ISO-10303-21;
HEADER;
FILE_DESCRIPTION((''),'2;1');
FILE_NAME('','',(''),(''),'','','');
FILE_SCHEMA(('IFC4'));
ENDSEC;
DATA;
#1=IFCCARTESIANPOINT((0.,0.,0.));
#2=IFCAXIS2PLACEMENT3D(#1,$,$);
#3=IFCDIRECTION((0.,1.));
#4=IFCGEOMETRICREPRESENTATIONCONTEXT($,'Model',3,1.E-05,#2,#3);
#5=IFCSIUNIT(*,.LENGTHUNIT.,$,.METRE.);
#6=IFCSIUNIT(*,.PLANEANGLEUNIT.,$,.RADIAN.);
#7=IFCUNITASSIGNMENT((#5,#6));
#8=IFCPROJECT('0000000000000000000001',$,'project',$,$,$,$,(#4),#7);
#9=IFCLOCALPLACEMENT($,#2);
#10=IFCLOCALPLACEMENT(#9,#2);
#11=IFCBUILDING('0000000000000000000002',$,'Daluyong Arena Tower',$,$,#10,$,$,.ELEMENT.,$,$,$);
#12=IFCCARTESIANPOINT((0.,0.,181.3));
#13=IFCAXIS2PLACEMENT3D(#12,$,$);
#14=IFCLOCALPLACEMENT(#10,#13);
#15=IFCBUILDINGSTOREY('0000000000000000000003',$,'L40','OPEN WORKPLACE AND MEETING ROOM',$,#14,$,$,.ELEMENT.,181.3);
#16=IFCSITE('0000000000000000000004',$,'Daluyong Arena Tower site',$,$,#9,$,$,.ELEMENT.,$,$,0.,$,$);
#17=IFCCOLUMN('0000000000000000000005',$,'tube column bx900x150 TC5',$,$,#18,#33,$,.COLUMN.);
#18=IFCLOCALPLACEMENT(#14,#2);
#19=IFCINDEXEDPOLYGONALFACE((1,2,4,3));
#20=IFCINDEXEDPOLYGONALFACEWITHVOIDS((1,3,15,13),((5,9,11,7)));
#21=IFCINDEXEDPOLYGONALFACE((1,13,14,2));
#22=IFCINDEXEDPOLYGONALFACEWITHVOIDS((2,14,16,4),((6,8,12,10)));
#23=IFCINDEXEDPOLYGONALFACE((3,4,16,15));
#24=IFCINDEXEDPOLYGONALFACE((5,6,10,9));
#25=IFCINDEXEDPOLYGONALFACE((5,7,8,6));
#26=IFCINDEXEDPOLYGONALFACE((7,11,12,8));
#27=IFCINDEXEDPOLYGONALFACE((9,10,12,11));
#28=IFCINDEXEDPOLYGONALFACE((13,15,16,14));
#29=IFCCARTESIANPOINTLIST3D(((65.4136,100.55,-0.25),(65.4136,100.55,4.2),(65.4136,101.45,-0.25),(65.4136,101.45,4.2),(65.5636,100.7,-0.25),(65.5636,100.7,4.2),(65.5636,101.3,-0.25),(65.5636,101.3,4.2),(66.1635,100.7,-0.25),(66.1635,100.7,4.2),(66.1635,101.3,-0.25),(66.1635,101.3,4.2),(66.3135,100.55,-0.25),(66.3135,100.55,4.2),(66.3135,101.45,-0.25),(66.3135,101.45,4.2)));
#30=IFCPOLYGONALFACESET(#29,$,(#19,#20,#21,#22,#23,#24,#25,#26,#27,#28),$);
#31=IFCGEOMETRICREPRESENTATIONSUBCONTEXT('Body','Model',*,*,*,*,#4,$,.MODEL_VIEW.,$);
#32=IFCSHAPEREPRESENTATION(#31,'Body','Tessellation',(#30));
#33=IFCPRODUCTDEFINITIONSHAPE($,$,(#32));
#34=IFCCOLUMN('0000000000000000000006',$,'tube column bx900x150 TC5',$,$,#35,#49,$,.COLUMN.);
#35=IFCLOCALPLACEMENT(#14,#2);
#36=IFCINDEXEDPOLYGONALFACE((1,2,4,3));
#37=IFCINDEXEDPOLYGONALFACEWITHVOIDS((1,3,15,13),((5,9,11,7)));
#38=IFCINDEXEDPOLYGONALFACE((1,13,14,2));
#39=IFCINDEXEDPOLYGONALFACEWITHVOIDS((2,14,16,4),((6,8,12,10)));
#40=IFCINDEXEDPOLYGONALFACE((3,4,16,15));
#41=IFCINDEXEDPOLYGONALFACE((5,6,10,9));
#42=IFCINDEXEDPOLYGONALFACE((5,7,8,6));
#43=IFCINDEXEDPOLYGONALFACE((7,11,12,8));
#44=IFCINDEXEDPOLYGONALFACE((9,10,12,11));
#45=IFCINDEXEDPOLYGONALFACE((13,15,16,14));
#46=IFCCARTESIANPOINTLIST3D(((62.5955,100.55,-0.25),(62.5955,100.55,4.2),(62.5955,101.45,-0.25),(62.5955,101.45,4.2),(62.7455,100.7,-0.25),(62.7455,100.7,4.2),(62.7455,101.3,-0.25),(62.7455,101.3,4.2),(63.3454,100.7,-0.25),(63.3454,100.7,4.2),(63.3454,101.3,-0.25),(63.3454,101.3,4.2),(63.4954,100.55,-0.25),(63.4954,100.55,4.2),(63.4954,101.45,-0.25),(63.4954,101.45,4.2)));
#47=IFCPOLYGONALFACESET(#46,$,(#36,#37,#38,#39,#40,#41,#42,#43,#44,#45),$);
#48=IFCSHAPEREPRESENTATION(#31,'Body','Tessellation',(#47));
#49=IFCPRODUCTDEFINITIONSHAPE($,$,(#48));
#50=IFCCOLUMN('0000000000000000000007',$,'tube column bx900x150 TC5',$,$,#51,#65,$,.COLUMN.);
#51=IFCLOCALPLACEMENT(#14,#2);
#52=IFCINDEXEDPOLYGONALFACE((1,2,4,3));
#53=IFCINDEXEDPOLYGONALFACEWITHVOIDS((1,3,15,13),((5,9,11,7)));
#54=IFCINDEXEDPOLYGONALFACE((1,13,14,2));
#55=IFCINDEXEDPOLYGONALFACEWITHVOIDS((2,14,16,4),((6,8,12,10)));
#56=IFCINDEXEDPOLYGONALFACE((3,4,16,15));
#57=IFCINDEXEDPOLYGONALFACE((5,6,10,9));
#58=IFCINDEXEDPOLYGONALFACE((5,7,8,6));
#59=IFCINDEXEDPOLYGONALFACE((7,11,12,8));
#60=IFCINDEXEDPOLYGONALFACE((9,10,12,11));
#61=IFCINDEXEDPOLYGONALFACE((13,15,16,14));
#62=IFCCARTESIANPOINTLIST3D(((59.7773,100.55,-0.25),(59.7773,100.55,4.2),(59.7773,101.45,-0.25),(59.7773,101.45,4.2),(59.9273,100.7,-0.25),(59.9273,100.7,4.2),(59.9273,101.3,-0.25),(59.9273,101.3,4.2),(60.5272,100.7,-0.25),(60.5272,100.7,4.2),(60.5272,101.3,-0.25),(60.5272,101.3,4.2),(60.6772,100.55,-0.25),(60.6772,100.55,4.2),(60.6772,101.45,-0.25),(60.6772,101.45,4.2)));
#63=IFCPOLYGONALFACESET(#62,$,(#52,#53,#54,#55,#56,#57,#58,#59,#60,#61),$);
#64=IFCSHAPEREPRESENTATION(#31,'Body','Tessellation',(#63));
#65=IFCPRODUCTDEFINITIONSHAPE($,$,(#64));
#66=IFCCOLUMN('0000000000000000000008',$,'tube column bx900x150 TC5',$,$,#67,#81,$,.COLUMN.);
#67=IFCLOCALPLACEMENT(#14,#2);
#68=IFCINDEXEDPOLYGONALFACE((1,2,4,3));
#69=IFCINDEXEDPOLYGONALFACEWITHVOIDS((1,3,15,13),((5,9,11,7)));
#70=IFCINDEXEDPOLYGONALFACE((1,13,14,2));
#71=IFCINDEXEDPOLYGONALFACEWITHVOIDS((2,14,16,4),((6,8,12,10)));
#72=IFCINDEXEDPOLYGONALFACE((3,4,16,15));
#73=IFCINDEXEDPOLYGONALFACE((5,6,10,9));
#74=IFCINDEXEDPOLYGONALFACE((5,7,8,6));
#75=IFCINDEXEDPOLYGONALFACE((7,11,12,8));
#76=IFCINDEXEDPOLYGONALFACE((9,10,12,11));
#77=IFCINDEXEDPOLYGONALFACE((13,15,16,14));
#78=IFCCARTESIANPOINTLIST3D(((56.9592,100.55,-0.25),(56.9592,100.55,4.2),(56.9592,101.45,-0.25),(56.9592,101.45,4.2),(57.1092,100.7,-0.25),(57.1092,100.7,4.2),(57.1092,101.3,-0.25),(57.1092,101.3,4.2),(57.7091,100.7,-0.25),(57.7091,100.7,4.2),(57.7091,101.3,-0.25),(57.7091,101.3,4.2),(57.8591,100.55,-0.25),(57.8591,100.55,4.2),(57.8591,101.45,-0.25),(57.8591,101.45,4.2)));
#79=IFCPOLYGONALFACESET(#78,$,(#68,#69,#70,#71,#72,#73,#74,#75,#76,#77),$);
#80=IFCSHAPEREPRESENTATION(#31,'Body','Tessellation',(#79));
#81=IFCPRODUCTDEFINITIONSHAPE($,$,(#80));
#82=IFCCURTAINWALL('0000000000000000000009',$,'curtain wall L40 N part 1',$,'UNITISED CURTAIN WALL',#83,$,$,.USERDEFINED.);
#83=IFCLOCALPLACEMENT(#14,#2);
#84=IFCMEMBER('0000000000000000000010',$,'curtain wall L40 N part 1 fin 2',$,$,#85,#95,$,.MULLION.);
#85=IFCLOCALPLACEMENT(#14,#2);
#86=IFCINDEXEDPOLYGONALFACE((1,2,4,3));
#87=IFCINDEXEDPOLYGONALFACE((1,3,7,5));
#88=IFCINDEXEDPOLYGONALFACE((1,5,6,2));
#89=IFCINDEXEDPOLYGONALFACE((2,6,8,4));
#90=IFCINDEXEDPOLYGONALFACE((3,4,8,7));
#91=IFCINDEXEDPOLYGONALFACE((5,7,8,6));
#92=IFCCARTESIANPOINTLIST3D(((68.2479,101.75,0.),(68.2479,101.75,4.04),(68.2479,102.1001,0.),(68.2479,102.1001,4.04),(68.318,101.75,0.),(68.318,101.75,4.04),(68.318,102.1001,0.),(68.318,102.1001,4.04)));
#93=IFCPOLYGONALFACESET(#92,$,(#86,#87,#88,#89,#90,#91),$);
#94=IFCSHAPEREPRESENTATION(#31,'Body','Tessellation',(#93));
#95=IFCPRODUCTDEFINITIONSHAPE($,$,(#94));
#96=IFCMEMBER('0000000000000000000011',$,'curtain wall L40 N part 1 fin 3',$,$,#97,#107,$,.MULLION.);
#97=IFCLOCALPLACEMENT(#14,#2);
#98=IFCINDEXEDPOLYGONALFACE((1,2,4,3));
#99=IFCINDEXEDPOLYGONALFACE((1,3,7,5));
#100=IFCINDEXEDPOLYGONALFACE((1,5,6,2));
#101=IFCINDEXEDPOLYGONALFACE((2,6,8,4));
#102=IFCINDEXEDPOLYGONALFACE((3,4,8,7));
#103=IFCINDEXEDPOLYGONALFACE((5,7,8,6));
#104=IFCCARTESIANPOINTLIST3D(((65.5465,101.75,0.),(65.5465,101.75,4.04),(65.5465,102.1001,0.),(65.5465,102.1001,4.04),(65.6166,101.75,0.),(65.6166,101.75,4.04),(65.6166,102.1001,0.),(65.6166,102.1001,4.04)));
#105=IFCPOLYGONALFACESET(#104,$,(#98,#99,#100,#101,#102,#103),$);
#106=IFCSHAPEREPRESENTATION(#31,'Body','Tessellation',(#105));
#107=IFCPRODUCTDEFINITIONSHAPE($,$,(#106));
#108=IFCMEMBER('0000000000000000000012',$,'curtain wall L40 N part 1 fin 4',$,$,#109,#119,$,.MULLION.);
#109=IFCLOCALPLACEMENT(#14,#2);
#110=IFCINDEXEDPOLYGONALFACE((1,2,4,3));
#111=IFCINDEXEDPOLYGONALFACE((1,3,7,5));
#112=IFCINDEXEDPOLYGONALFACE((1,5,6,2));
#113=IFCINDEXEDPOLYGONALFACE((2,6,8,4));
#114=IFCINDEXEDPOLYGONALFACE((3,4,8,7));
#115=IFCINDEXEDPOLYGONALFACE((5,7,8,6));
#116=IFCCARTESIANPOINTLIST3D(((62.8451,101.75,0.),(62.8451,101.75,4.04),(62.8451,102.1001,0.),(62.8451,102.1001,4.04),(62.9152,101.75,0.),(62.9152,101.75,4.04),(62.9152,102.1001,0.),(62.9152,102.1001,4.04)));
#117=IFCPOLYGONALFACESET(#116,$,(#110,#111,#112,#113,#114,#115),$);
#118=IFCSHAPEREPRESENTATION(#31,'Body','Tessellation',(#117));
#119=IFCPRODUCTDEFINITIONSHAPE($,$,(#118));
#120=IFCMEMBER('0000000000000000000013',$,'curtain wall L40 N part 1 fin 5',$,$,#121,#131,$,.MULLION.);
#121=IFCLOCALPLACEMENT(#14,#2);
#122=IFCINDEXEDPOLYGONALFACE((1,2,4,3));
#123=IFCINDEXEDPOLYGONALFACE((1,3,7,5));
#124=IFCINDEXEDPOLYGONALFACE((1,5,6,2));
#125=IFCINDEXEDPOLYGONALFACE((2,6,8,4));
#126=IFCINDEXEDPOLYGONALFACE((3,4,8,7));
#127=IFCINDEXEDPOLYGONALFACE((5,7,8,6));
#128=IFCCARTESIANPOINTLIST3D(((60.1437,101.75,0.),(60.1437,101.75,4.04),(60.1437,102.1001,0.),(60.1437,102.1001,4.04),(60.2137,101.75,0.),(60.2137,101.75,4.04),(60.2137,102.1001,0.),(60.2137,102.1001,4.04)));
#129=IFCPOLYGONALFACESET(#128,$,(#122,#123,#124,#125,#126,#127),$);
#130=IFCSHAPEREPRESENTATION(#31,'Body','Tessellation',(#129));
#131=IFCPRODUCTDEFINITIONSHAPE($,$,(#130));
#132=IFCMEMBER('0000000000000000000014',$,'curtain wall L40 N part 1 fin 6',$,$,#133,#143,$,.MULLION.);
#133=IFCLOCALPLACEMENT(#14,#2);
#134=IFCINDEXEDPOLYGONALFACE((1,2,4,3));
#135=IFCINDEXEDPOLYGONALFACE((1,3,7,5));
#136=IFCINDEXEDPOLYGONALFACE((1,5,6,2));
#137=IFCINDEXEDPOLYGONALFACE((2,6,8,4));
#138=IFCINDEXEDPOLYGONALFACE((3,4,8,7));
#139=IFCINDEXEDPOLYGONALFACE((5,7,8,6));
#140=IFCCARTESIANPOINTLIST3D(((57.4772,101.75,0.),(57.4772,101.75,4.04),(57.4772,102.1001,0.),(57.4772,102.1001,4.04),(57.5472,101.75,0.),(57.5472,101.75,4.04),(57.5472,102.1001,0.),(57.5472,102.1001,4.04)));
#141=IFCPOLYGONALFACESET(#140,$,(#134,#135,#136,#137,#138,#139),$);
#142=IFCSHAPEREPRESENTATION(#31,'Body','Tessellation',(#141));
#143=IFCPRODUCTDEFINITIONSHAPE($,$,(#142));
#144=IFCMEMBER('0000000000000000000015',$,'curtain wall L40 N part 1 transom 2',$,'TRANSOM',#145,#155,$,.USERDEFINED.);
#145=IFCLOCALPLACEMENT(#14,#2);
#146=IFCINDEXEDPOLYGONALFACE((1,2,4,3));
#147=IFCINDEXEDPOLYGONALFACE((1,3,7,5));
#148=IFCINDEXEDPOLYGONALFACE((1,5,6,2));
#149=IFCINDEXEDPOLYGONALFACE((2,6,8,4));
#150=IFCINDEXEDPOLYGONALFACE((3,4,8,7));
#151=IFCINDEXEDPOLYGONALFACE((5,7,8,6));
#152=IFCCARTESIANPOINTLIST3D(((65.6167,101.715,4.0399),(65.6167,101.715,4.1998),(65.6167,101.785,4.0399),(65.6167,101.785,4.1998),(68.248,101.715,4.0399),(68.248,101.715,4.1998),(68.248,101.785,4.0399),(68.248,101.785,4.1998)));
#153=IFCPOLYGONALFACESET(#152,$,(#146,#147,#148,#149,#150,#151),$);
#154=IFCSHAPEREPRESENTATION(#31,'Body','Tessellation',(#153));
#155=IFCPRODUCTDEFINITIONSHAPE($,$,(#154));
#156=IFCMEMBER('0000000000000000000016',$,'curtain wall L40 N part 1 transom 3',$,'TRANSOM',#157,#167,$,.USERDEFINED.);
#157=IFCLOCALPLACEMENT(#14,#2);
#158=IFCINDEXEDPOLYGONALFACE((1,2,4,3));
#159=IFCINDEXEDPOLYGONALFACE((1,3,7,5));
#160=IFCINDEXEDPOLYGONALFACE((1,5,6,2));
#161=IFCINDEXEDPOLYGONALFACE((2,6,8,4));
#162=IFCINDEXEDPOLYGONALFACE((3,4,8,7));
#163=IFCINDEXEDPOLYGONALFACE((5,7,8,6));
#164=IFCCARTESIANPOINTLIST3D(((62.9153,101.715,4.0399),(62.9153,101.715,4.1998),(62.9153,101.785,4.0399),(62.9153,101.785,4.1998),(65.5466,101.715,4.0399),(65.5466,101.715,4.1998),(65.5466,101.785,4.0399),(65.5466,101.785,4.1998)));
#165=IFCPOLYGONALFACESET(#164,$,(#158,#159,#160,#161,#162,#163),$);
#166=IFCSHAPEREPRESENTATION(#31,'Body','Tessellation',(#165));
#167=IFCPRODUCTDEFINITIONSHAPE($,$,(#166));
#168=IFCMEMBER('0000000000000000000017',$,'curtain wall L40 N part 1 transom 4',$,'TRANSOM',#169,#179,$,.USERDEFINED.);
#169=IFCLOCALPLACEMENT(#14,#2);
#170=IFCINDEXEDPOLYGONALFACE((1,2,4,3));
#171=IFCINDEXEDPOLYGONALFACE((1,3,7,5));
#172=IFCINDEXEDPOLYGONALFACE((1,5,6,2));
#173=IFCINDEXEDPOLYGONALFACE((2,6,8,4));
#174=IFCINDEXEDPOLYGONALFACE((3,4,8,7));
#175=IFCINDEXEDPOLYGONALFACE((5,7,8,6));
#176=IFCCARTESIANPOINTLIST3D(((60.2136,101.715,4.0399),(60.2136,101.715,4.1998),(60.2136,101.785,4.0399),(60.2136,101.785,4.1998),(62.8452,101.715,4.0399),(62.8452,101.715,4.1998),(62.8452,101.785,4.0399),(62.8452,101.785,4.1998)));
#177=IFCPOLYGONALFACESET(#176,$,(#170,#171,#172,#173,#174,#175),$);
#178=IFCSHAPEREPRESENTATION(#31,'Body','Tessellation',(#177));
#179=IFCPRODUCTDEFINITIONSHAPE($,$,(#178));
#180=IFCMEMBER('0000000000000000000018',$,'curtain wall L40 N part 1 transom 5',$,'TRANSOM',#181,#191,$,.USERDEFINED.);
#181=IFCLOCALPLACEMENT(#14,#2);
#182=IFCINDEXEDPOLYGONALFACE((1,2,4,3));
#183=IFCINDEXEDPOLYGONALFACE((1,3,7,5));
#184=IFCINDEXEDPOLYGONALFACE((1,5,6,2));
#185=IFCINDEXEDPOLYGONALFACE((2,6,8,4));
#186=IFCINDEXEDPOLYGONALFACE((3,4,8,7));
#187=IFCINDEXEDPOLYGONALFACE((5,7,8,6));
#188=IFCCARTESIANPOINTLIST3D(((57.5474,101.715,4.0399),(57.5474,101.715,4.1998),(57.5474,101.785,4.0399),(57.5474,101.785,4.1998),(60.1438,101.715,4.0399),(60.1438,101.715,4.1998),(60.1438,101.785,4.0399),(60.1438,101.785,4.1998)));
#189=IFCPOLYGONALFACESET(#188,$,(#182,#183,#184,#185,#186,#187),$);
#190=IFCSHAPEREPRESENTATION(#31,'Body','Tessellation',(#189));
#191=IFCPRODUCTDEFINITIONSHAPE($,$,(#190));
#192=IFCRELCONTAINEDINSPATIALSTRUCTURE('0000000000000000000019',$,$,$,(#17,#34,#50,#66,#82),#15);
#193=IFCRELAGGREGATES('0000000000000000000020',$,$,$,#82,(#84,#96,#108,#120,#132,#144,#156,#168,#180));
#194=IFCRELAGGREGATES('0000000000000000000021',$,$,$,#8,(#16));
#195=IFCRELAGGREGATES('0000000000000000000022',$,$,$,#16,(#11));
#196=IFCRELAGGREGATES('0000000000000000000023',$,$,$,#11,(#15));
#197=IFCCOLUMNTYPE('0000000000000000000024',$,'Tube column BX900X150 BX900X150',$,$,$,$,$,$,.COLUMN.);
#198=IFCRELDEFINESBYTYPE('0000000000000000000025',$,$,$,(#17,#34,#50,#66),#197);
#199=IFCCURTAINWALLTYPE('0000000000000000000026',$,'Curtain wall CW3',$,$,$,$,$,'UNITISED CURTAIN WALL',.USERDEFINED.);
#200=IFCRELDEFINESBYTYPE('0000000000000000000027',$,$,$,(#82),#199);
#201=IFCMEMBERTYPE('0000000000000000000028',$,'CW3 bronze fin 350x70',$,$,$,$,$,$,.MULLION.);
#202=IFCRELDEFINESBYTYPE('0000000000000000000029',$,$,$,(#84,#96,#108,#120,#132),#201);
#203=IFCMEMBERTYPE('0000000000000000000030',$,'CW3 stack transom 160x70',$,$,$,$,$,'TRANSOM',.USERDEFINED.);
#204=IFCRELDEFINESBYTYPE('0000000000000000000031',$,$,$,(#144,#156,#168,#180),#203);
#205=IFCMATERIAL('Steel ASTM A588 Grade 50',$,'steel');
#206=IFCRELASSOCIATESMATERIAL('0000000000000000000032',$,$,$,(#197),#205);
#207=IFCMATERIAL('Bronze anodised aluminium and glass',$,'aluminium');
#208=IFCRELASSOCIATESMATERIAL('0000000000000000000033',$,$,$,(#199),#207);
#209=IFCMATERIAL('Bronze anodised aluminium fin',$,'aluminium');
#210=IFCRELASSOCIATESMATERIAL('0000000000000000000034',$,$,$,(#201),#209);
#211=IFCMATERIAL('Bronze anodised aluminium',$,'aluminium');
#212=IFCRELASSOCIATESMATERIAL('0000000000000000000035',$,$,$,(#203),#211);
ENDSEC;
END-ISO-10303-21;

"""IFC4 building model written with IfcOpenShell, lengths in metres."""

from ifc_helpers import new_model, si_unit, direction, frame, origin, origin_2d, place, context, subcontext, project, spatial, rectangle, hollow_rectangle, extrude, material, material_profile, profile_set, type_object, element, aggregate, save


model = new_model("IFC4")

# Units and contexts
model_context = context("Model", 3, precision=1e-05, world=origin(), true_north=direction((0.0, 1.0)))
body_context = subcontext(model_context, "Body", "Model", "MODEL_VIEW")
ifc_project = project(units=[si_unit("LENGTHUNIT", "METRE"), si_unit("PLANEANGLEUNIT", "RADIAN")], contexts=[model_context])

# Site, building, storey
site_placement = place(None, origin())
site = spatial("IfcSite", under=ifc_project, at=site_placement, Name="Daluyong Arena Tower site", CompositionType="ELEMENT", RefElevation=0.0)
building_placement = place(site_placement, origin())
building = spatial("IfcBuilding", under=site, at=building_placement, Name="Daluyong Arena Tower", CompositionType="ELEMENT")
storey_placement = place(building_placement, frame((0.0, 0.0, 181.3)))
storey = spatial("IfcBuildingStorey", under=building, at=storey_placement, Name="L40", Description="OPEN WORKPLACE AND MEETING ROOM", CompositionType="ELEMENT", Elevation=181.3)

# Columns
ifc_material_1 = material(Name="Steel ASTM A588 Grade 50", Category="steel")
ifc_material_profile_1 = material_profile(ifc_material_1, hollow_rectangle(XDim=0.8999, YDim=0.8999, WallThickness=0.15, at=origin_2d()))
ifc_profile_set_1 = profile_set([ifc_material_profile_1], Name="Steel ASTM A588 Grade 50")
column_type = type_object("IfcColumnType", Name="Tube column BX900X150 BX900X150", PredefinedType="COLUMN", material=ifc_profile_set_1)
for number, where, z_axis, x_axis, name in (
    (1, (65.8635, 101.0, -0.25), (0.0, 0.0, 1.0), (1.0, 0.0, 0.0), "tube column bx900x150 TC5"),
    (2, (63.0454, 101.0, -0.25), (0.0, 0.0, 1.0), (1.0, 0.0, 0.0), "tube column bx900x150 TC5"),
    (3, (60.2273, 101.0, -0.25), (0.0, 0.0, 1.0), (1.0, 0.0, 0.0), "tube column bx900x150 TC5"),
    (4, (57.4092, 101.0, -0.25), (0.0, 0.0, 1.0), (1.0, 0.0, 0.0), "tube column bx900x150 TC5"),
):
    element("IfcColumn", number, at=place(storey_placement, frame(where, z_axis=z_axis, x_axis=x_axis)), inside=storey, type_object=column_type, Name=name, PredefinedType="COLUMN", context=body_context, shape_type="SweptSolid", body=[
        extrude(hollow_rectangle(XDim=0.8999, YDim=0.8999, WallThickness=0.15, at=origin_2d()), origin(), (0.0, 0.0, 1.0), 4.45),
    ])

# Curtain wall, members
ifc_material_2 = material(Name="Bronze anodised aluminium and glass", Category="aluminium")
curtain_wall_type = type_object("IfcCurtainWallType", Name="Curtain wall CW3", ElementType="UNITISED CURTAIN WALL", PredefinedType="USERDEFINED", material=ifc_material_2)
curtain_wall_placement = place(storey_placement, origin())
curtain_wall = element("IfcCurtainWall", 5, at=curtain_wall_placement, inside=storey, type_object=curtain_wall_type, Name="curtain wall L40 N part 1", ObjectType="UNITISED CURTAIN WALL", PredefinedType="USERDEFINED")
ifc_material_3 = material(Name="Bronze anodised aluminium fin", Category="aluminium")
ifc_material_profile_2 = material_profile(ifc_material_3, rectangle(XDim=0.3501, YDim=0.0701, at=origin_2d()))
ifc_profile_set_2 = profile_set([ifc_material_profile_2], Name="Bronze anodised aluminium fin")
member_type_1 = type_object("IfcMemberType", Name="CW3 bronze fin 350x70", PredefinedType="MULLION", material=ifc_profile_set_2)
member_1_placement = place(storey_placement, frame((68.283, 101.925, 0.0), z_axis=(0.0, 0.0, 1.0), x_axis=(0.0, -1.0, 0.0)))
member_1 = element("IfcMember", 6, at=member_1_placement, type_object=member_type_1, Name="curtain wall L40 N part 1 fin 2", PredefinedType="MULLION", context=body_context, shape_type="SweptSolid", body=[
    extrude(rectangle(XDim=0.3501, YDim=0.0701, at=origin_2d()), origin(), (0.0, 0.0, 1.0), 4.04),
])
member_2_placement = place(storey_placement, frame((65.5815, 101.925, 0.0), z_axis=(0.0, 0.0, 1.0), x_axis=(0.0, -1.0, 0.0)))
member_2 = element("IfcMember", 7, at=member_2_placement, type_object=member_type_1, Name="curtain wall L40 N part 1 fin 3", PredefinedType="MULLION", context=body_context, shape_type="SweptSolid", body=[
    extrude(rectangle(XDim=0.3501, YDim=0.0701, at=origin_2d()), origin(), (0.0, 0.0, 1.0), 4.04),
])
member_3_placement = place(storey_placement, frame((62.8801, 101.925, 0.0), z_axis=(0.0, 0.0, 1.0), x_axis=(0.0, -1.0, 0.0)))
member_3 = element("IfcMember", 8, at=member_3_placement, type_object=member_type_1, Name="curtain wall L40 N part 1 fin 4", PredefinedType="MULLION", context=body_context, shape_type="SweptSolid", body=[
    extrude(rectangle(XDim=0.3501, YDim=0.0701, at=origin_2d()), origin(), (0.0, 0.0, 1.0), 4.04),
])
member_4_placement = place(storey_placement, frame((60.1787, 101.925, 0.0), z_axis=(0.0, 0.0, 1.0), x_axis=(0.0, -1.0, 0.0)))
member_4 = element("IfcMember", 9, at=member_4_placement, type_object=member_type_1, Name="curtain wall L40 N part 1 fin 5", PredefinedType="MULLION", context=body_context, shape_type="SweptSolid", body=[
    extrude(rectangle(XDim=0.3501, YDim=0.0701, at=origin_2d()), origin(), (0.0, 0.0, 1.0), 4.04),
])
member_5_placement = place(storey_placement, frame((57.5122, 101.925, 0.0), z_axis=(0.0, 0.0, 1.0), x_axis=(0.0, -1.0, 0.0)))
member_5 = element("IfcMember", 10, at=member_5_placement, type_object=member_type_1, Name="curtain wall L40 N part 1 fin 6", PredefinedType="MULLION", context=body_context, shape_type="SweptSolid", body=[
    extrude(rectangle(XDim=0.3501, YDim=0.0701, at=origin_2d()), origin(), (0.0, 0.0, 1.0), 4.04),
])
ifc_material_4 = material(Name="Bronze anodised aluminium", Category="aluminium")
ifc_material_profile_3 = material_profile(ifc_material_4, rectangle(XDim=0.0701, YDim=0.1599, at=origin_2d()))
ifc_profile_set_3 = profile_set([ifc_material_profile_3], Name="Bronze anodised aluminium")
member_type_2 = type_object("IfcMemberType", Name="CW3 stack transom 160x70", ElementType="TRANSOM", PredefinedType="USERDEFINED", material=ifc_profile_set_3)
member_6_placement = place(storey_placement, frame((68.248, 101.75, 4.1199), z_axis=(-1.0, 0.0, 0.0), x_axis=(0.0, -1.0, 0.0)))
member_6 = element("IfcMember", 11, at=member_6_placement, type_object=member_type_2, Name="curtain wall L40 N part 1 transom 2", ObjectType="TRANSOM", PredefinedType="USERDEFINED", context=body_context, shape_type="SweptSolid", body=[
    extrude(rectangle(XDim=0.0701, YDim=0.1599, at=origin_2d()), origin(), (0.0, 0.0, 1.0), 2.6313),
])
member_7_placement = place(storey_placement, frame((65.5466, 101.75, 4.1199), z_axis=(-1.0, 0.0, 0.0), x_axis=(0.0, -1.0, 0.0)))
member_7 = element("IfcMember", 12, at=member_7_placement, type_object=member_type_2, Name="curtain wall L40 N part 1 transom 3", ObjectType="TRANSOM", PredefinedType="USERDEFINED", context=body_context, shape_type="SweptSolid", body=[
    extrude(rectangle(XDim=0.0701, YDim=0.1599, at=origin_2d()), origin(), (0.0, 0.0, 1.0), 2.6313),
])
member_8_placement = place(storey_placement, frame((62.8452, 101.75, 4.1199), z_axis=(-1.0, 0.0, 0.0), x_axis=(0.0, -1.0, 0.0)))
member_8 = element("IfcMember", 13, at=member_8_placement, type_object=member_type_2, Name="curtain wall L40 N part 1 transom 4", ObjectType="TRANSOM", PredefinedType="USERDEFINED", context=body_context, shape_type="SweptSolid", body=[
    extrude(rectangle(XDim=0.0701, YDim=0.1599, at=origin_2d()), origin(), (0.0, 0.0, 1.0), 2.6316),
])
member_9_placement = place(storey_placement, frame((60.1438, 101.75, 4.1199), z_axis=(-1.0, 0.0, 0.0), x_axis=(0.0, -1.0, 0.0)))
member_9 = element("IfcMember", 14, at=member_9_placement, type_object=member_type_2, Name="curtain wall L40 N part 1 transom 5", ObjectType="TRANSOM", PredefinedType="USERDEFINED", context=body_context, shape_type="SweptSolid", body=[
    extrude(rectangle(XDim=0.0701, YDim=0.1599, at=origin_2d()), origin(), (0.0, 0.0, 1.0), 2.5964),
])

aggregate(curtain_wall, [member_1, member_2, member_3, member_4, member_5, member_6, member_7, member_8, member_9])

save(model, "model.ifc")
